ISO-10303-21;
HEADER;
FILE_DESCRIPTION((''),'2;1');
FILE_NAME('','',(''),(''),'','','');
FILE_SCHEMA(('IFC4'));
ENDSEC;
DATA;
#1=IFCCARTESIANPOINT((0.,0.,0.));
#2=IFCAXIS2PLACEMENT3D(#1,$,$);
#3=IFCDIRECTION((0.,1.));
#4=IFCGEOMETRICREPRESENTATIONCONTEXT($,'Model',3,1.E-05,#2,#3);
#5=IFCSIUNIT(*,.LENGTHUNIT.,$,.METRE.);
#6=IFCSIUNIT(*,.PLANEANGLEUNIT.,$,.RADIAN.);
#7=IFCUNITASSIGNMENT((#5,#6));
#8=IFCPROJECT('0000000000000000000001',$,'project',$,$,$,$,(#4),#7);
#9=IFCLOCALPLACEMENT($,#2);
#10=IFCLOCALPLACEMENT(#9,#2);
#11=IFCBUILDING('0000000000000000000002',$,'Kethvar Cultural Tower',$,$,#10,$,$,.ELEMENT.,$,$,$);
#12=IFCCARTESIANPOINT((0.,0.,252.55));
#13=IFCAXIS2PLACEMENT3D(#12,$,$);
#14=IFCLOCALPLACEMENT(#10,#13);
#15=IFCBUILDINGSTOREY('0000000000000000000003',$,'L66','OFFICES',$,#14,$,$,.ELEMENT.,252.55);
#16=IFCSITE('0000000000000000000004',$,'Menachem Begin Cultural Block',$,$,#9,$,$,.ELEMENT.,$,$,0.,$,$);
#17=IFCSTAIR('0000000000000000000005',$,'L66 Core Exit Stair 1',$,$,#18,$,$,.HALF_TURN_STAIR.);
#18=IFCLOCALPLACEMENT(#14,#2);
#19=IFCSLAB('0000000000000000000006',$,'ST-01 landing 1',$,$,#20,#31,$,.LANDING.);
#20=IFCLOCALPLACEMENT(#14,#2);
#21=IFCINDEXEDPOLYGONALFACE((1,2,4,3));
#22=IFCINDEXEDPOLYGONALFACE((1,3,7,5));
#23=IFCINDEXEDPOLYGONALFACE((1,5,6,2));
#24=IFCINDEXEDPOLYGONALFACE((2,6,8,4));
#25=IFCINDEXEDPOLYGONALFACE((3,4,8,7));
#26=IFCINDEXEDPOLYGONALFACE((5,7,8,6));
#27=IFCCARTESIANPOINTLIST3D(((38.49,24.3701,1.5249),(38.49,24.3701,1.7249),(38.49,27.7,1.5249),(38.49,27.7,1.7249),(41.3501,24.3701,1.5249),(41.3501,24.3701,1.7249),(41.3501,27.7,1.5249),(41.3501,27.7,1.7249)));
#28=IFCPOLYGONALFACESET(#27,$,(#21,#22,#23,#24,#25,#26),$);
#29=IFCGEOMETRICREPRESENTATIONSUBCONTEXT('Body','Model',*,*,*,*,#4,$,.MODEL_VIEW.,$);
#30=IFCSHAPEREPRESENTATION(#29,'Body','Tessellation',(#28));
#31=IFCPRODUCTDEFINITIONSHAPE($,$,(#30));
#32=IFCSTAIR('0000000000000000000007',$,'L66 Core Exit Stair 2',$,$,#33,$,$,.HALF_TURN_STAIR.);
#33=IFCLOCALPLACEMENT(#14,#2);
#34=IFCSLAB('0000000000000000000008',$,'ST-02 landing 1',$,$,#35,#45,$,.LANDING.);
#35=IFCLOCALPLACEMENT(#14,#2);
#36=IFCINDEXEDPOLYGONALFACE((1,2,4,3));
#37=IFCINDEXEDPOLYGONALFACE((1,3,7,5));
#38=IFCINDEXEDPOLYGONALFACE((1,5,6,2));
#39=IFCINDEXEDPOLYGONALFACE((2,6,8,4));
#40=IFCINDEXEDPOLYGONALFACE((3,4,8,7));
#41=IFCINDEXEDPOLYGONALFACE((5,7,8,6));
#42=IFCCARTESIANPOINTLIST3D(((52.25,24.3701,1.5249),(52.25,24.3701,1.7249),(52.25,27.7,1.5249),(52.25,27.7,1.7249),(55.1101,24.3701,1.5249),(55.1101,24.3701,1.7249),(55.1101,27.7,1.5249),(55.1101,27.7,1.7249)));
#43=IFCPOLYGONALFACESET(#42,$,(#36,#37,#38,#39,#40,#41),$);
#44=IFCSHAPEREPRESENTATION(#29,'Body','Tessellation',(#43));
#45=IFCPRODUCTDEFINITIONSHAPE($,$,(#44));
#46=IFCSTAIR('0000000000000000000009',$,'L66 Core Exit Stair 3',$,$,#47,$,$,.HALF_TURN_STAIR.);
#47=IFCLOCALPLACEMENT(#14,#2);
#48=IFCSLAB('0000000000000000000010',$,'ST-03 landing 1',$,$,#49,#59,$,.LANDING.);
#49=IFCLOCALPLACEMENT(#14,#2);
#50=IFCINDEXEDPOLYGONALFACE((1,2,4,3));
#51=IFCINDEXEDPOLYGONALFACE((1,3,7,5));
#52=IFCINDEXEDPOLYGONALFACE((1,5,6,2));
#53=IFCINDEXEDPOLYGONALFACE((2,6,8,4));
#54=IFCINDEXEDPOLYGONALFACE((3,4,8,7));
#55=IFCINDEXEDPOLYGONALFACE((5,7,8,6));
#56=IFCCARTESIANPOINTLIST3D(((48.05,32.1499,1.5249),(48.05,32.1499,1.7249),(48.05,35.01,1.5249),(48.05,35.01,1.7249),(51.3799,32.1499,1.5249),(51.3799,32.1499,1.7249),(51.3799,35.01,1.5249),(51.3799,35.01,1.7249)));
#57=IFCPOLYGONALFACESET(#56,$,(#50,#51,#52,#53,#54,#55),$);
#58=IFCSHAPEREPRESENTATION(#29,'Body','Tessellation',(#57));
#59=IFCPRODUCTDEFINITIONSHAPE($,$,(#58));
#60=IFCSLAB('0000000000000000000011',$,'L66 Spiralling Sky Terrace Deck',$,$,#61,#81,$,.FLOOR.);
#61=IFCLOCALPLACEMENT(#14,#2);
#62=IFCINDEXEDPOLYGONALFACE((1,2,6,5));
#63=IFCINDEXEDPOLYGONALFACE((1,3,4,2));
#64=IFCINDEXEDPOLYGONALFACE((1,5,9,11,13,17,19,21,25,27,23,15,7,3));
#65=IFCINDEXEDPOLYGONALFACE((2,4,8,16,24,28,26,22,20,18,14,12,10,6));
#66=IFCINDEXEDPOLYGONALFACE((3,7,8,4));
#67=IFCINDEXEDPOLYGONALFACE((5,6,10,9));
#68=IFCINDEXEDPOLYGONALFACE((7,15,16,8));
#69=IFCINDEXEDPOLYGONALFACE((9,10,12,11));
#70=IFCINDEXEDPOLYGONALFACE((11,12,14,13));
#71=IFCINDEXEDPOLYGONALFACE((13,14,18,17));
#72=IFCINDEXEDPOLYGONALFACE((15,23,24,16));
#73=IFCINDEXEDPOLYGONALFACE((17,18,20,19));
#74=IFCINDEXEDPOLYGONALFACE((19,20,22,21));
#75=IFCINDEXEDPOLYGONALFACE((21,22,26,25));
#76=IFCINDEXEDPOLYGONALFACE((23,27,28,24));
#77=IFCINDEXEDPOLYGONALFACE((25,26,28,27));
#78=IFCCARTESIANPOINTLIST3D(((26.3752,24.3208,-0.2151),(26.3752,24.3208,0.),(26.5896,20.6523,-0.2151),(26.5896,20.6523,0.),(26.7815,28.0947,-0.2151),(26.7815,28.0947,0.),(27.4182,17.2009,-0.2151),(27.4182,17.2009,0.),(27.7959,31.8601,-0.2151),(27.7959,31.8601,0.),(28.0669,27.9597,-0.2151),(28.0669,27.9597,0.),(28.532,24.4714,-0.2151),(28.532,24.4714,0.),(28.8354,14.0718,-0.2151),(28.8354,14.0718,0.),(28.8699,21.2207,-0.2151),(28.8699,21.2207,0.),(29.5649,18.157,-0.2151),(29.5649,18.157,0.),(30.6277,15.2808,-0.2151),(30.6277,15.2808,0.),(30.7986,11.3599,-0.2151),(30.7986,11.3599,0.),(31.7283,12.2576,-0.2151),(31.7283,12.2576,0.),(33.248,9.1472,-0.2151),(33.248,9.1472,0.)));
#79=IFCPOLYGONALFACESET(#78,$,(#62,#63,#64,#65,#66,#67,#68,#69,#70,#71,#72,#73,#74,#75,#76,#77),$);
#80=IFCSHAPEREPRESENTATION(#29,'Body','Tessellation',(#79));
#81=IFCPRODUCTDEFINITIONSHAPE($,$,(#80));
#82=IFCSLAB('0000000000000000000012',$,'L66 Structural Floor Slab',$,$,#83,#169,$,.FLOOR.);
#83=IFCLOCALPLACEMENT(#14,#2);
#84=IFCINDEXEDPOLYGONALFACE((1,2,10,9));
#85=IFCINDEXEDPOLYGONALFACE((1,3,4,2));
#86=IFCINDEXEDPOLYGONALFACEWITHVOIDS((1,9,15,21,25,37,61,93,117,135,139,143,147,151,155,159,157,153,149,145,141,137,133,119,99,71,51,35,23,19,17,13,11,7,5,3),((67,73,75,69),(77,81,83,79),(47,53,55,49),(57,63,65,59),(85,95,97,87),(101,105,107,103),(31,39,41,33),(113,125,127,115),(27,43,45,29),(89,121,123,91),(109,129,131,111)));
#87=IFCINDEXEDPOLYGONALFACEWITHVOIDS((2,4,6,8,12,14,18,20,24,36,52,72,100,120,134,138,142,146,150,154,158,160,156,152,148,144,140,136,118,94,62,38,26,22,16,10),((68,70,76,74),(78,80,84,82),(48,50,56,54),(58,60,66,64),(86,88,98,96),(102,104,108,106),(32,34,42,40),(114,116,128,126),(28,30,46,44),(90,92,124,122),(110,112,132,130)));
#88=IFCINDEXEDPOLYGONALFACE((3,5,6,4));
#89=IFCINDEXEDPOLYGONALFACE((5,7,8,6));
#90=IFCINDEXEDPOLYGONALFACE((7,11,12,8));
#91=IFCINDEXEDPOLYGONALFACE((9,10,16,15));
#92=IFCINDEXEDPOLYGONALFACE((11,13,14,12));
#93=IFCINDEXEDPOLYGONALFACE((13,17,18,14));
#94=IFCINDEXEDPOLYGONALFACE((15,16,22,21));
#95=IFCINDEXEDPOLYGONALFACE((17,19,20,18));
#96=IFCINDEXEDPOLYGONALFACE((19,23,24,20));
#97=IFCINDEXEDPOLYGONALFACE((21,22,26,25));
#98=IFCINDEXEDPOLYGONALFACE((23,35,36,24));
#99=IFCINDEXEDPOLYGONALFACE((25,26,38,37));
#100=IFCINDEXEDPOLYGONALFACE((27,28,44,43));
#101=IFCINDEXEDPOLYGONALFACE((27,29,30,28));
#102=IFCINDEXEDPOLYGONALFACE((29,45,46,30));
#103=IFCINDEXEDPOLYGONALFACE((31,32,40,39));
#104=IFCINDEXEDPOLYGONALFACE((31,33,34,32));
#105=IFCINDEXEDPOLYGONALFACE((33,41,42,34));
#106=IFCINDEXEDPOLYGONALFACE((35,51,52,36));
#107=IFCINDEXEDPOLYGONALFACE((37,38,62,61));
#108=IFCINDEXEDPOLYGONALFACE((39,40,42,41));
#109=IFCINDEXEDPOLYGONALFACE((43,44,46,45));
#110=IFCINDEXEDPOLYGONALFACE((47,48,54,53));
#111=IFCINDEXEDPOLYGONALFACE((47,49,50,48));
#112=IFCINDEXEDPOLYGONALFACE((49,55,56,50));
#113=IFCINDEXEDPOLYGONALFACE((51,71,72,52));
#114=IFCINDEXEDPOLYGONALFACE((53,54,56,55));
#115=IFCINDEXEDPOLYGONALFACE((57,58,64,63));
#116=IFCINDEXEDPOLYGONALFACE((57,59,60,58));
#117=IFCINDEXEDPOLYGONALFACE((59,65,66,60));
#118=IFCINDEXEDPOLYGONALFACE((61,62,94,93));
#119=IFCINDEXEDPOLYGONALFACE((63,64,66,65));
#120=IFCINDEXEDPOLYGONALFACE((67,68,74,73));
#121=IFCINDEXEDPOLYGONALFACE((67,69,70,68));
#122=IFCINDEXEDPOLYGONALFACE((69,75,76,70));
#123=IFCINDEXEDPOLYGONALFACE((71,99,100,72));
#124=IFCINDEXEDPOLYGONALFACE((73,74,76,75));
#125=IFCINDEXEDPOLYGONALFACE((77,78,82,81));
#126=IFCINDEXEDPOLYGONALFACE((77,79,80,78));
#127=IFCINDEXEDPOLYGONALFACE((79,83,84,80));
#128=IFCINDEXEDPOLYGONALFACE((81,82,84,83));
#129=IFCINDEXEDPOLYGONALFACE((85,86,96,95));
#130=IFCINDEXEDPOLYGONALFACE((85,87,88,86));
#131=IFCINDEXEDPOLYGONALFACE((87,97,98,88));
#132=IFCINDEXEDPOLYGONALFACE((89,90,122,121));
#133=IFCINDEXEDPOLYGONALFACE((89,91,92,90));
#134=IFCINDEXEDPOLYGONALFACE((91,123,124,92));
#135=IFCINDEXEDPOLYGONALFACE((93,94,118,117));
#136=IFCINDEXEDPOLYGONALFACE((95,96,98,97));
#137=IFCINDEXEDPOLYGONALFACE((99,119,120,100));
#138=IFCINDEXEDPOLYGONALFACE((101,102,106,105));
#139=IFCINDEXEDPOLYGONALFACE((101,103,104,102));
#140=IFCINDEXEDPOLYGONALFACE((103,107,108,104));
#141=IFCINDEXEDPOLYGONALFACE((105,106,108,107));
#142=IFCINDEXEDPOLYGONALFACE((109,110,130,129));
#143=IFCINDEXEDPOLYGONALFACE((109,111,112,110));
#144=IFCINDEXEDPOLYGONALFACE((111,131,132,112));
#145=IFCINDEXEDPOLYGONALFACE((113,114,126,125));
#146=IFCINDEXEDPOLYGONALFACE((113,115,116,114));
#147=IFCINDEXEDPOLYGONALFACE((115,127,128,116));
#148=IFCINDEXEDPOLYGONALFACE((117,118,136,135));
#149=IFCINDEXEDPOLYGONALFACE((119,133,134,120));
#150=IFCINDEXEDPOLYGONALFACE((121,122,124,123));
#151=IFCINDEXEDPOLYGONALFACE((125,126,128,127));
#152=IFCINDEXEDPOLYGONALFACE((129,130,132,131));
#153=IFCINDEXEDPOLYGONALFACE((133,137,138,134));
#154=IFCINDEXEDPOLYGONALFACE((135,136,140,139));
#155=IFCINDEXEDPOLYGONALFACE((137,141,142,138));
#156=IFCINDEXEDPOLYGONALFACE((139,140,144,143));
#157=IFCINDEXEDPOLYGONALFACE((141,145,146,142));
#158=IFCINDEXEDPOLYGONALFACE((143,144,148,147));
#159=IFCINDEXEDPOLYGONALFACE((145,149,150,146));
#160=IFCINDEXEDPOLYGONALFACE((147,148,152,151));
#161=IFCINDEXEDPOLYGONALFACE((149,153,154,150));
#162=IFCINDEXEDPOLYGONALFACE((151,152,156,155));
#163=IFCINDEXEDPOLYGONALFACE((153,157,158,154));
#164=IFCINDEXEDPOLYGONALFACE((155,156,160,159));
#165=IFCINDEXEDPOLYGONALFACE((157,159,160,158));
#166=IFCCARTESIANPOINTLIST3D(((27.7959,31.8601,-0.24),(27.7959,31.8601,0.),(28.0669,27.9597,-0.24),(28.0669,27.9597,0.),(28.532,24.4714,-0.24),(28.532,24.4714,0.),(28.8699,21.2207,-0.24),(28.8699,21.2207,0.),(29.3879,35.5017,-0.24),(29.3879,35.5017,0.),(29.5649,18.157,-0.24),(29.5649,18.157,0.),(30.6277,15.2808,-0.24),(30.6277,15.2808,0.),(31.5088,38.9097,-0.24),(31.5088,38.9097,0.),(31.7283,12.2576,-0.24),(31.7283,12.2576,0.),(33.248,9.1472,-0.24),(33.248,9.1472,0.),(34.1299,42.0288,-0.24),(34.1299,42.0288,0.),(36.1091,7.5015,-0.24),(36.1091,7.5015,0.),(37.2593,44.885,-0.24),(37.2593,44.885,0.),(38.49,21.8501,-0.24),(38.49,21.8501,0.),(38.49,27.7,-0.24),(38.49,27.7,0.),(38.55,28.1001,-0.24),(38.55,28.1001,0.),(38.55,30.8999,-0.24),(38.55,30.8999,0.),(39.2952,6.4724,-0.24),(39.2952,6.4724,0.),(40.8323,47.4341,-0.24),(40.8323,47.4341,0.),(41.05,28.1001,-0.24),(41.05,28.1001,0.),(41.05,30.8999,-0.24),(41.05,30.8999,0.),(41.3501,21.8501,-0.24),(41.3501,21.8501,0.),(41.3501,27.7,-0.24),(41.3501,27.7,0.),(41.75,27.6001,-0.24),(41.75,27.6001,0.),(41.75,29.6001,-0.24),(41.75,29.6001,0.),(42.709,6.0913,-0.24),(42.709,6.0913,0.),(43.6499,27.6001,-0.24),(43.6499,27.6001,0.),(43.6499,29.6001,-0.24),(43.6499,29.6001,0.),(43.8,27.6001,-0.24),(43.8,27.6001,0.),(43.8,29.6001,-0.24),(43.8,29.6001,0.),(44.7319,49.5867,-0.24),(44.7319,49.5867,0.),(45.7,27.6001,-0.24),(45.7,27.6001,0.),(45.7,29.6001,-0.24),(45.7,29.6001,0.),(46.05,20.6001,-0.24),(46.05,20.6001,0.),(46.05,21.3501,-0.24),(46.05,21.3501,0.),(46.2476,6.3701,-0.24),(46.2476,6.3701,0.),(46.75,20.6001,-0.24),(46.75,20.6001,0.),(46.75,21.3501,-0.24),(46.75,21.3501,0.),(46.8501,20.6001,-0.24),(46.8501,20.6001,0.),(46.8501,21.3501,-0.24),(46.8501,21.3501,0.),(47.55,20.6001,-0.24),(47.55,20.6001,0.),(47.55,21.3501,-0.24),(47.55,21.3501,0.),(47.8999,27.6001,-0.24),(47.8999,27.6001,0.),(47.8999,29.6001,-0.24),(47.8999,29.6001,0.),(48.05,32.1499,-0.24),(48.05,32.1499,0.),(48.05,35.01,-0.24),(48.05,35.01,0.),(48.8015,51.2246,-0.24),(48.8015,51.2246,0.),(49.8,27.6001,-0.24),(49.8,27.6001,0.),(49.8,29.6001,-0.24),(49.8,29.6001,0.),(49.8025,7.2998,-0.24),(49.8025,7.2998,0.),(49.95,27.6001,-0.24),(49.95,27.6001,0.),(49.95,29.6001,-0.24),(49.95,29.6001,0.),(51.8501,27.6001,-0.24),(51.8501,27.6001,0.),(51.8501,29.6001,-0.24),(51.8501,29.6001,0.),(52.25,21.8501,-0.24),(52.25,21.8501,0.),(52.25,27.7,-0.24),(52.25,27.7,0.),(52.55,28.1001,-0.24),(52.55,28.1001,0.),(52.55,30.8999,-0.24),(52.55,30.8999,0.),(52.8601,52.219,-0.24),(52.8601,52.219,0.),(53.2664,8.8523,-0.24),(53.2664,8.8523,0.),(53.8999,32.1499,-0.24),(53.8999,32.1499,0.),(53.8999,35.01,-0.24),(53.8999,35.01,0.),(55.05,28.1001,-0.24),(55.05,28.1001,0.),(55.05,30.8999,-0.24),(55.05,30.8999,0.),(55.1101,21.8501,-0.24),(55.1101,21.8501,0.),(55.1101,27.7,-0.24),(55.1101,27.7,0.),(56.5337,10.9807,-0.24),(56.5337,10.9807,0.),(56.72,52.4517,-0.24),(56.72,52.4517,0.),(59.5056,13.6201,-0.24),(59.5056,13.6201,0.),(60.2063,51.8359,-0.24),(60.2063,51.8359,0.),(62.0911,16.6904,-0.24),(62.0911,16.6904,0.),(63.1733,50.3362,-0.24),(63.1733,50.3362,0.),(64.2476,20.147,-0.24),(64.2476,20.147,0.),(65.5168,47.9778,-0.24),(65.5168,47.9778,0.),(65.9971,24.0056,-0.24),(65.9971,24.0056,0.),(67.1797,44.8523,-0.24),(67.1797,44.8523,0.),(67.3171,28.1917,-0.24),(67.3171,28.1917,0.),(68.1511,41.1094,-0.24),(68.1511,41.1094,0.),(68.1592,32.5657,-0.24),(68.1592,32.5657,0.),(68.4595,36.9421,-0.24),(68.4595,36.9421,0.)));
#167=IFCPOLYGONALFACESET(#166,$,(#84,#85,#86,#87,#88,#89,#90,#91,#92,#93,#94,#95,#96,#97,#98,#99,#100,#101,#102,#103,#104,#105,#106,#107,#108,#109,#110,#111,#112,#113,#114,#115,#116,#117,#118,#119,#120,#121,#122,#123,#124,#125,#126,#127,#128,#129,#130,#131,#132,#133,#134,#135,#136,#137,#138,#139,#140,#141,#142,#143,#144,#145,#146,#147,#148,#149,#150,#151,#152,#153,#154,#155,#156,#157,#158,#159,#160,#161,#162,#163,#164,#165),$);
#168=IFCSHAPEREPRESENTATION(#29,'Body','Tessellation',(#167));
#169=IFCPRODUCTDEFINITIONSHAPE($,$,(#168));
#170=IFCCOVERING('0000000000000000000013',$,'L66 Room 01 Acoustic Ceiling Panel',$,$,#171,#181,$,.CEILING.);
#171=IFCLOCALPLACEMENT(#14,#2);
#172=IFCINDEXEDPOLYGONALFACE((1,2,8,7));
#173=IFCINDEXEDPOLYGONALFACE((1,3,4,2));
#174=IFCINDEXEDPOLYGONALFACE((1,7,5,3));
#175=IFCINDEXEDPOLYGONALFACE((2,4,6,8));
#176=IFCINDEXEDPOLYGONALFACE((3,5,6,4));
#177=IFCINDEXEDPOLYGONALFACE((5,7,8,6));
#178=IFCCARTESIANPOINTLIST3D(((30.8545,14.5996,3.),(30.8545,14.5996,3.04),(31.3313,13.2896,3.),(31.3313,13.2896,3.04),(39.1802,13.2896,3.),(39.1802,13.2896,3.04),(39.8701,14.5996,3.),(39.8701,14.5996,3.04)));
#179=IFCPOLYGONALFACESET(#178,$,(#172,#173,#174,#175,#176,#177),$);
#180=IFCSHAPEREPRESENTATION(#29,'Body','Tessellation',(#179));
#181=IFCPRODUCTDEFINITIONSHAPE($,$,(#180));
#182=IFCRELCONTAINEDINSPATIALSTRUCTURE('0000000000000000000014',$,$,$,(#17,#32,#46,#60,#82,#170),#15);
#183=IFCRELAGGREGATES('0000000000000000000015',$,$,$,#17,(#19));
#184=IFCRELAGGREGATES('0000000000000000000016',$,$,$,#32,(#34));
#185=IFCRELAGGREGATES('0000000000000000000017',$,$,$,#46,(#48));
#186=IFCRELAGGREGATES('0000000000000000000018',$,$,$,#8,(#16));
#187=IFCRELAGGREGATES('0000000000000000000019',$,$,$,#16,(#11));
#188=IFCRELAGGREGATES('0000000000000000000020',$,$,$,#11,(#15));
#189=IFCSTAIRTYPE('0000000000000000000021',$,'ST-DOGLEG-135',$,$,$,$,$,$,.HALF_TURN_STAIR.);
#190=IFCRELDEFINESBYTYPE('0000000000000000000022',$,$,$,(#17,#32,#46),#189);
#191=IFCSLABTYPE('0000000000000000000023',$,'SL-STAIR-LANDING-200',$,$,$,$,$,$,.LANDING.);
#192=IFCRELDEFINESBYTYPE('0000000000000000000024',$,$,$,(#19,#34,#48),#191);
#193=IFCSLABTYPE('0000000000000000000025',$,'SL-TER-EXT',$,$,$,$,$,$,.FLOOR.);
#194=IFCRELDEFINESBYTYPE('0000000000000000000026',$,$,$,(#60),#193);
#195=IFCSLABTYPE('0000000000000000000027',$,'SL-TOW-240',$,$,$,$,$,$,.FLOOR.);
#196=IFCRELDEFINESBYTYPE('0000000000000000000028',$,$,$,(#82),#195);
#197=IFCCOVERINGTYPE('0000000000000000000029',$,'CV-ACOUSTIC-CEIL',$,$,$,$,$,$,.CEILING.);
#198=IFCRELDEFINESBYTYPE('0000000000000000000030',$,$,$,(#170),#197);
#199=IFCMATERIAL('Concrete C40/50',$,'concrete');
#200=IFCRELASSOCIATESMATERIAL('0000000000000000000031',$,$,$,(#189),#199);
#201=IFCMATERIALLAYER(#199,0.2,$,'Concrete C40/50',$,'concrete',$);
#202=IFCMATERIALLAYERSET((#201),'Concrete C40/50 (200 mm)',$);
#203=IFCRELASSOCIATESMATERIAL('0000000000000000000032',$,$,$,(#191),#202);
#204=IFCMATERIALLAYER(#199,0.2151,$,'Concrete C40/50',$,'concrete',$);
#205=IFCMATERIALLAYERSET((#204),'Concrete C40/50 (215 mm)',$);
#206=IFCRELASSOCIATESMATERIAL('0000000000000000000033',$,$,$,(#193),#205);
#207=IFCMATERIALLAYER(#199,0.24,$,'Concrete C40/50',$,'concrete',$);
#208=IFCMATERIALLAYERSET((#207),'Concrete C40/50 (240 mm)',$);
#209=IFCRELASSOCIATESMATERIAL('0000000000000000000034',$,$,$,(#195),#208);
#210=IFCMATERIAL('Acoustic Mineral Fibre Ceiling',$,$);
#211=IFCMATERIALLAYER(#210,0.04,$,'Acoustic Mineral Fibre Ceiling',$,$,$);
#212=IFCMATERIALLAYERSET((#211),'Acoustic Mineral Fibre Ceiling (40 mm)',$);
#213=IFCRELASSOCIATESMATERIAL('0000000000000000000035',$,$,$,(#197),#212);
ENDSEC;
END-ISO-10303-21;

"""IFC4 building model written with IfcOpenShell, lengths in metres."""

from ifc_helpers import new_model, si_unit, direction, frame, origin, place, context, subcontext, project, spatial, polyline, outline, extrude, material, layer, layer_set, type_object, element, aggregate, save


model = new_model("IFC4")

# Units and contexts
model_context = context("Model", 3, precision=1e-05, world=origin(), true_north=direction((0.0, 1.0)))
body_context = subcontext(model_context, "Body", "Model", "MODEL_VIEW")
ifc_project = project(units=[si_unit("LENGTHUNIT", "METRE"), si_unit("PLANEANGLEUNIT", "RADIAN")], contexts=[model_context])

# Site, building, storey
site_placement = place(None, origin())
site = spatial("IfcSite", under=ifc_project, at=site_placement, Name="Menachem Begin Cultural Block", CompositionType="ELEMENT", RefElevation=0.0)
building_placement = place(site_placement, origin())
building = spatial("IfcBuilding", under=site, at=building_placement, Name="Kethvar Cultural Tower", CompositionType="ELEMENT")
storey_placement = place(building_placement, frame((0.0, 0.0, 252.55)))
storey = spatial("IfcBuildingStorey", under=building, at=storey_placement, Name="L66", Description="OFFICES", CompositionType="ELEMENT", Elevation=252.55)

# Stairs, slabs
ifc_material_1 = material(Name="Concrete C40/50", Category="concrete")
stair_type = type_object("IfcStairType", Name="ST-DOGLEG-135", PredefinedType="HALF_TURN_STAIR", material=ifc_material_1)
stair_1_placement = place(storey_placement, origin())
stair_1 = element("IfcStair", 1, at=stair_1_placement, inside=storey, type_object=stair_type, Name="L66 Core Exit Stair 1", PredefinedType="HALF_TURN_STAIR")
ifc_layer_1 = layer(ifc_material_1, 0.2, Name="Concrete C40/50", Category="concrete")
ifc_layer_set_1 = layer_set([ifc_layer_1], Name="Concrete C40/50 (200 mm)")
slab_type_1 = type_object("IfcSlabType", Name="SL-STAIR-LANDING-200", PredefinedType="LANDING", material=ifc_layer_set_1)
slab_1_placement = place(storey_placement, frame((0.0, 0.0, 1.5249)))
slab_1 = element("IfcSlab", 2, at=slab_1_placement, type_object=slab_type_1, Name="ST-01 landing 1", PredefinedType="LANDING", context=body_context, shape_type="SweptSolid", body=[
    extrude(outline(polyline([(41.3501, 24.3701), (41.3501, 27.7), (38.49, 27.7), (38.49, 24.3701), (41.3501, 24.3701)])), origin(), (0.0, 0.0, 1.0), 0.2),
])
aggregate(stair_1, [slab_1])
stair_2_placement = place(storey_placement, origin())
stair_2 = element("IfcStair", 3, at=stair_2_placement, inside=storey, type_object=stair_type, Name="L66 Core Exit Stair 2", PredefinedType="HALF_TURN_STAIR")
slab_2_placement = place(storey_placement, frame((0.0, 0.0, 1.5249)))
slab_2 = element("IfcSlab", 4, at=slab_2_placement, type_object=slab_type_1, Name="ST-02 landing 1", PredefinedType="LANDING", context=body_context, shape_type="SweptSolid", body=[
    extrude(outline(polyline([(55.1101, 24.3701), (55.1101, 27.7), (52.25, 27.7), (52.25, 24.3701), (55.1101, 24.3701)])), origin(), (0.0, 0.0, 1.0), 0.2),
])
aggregate(stair_2, [slab_2])
stair_3_placement = place(storey_placement, origin())
stair_3 = element("IfcStair", 5, at=stair_3_placement, inside=storey, type_object=stair_type, Name="L66 Core Exit Stair 3", PredefinedType="HALF_TURN_STAIR")
slab_3_placement = place(storey_placement, frame((0.0, 0.0, 1.5249)))
slab_3 = element("IfcSlab", 6, at=slab_3_placement, type_object=slab_type_1, Name="ST-03 landing 1", PredefinedType="LANDING", context=body_context, shape_type="SweptSolid", body=[
    extrude(outline(polyline([(51.3799, 35.01), (48.05, 35.01), (48.05, 32.1499), (51.3799, 32.1499), (51.3799, 35.01)])), origin(), (0.0, 0.0, 1.0), 0.2),
])
aggregate(stair_3, [slab_3])

# Slabs
ifc_layer_2 = layer(ifc_material_1, 0.2151, Name="Concrete C40/50", Category="concrete")
ifc_layer_set_2 = layer_set([ifc_layer_2], Name="Concrete C40/50 (215 mm)")
slab_type_2 = type_object("IfcSlabType", Name="SL-TER-EXT", PredefinedType="FLOOR", material=ifc_layer_set_2)
slab_4_placement = place(storey_placement, frame((0.0, 0.0, -0.2151)))
element("IfcSlab", 7, at=slab_4_placement, inside=storey, type_object=slab_type_2, Name="L66 Spiralling Sky Terrace Deck", PredefinedType="FLOOR", context=body_context, shape_type="SweptSolid", body=[
    extrude(outline(polyline([(27.7959, 31.8601), (26.7815, 28.0947), (26.3752, 24.3208), (26.5896, 20.6523), (27.4182, 17.2009), (28.8354, 14.0718), (30.7986, 11.3599), (33.248, 9.1472), (31.7283, 12.2576), (30.6277, 15.2808), (29.5649, 18.157), (28.8699, 21.2207), (28.532, 24.4714), (28.0669, 27.9597), (27.7959, 31.8601)])), origin(), (0.0, 0.0, 1.0), 0.2151),
])
ifc_layer_3 = layer(ifc_material_1, 0.24, Name="Concrete C40/50", Category="concrete")
ifc_layer_set_3 = layer_set([ifc_layer_3], Name="Concrete C40/50 (240 mm)")
slab_type_3 = type_object("IfcSlabType", Name="SL-TOW-240", PredefinedType="FLOOR", material=ifc_layer_set_3)
slab_5_placement = place(storey_placement, frame((0.0, 0.0, -0.24)))
element("IfcSlab", 8, at=slab_5_placement, inside=storey, type_object=slab_type_3, Name="L66 Structural Floor Slab", PredefinedType="FLOOR", context=body_context, shape_type="SweptSolid", body=[
    extrude(outline(polyline([(63.1733, 50.3362), (60.2063, 51.8359), (56.72, 52.4517), (52.8601, 52.219), (48.8015, 51.2246), (44.7319, 49.5867), (40.8323, 47.4341), (37.2593, 44.885), (34.1299, 42.0288), (31.5088, 38.9097), (29.3879, 35.5017), (27.7959, 31.8601), (28.0669, 27.9597), (28.532, 24.4714), (28.8699, 21.2207), (29.5649, 18.157), (30.6277, 15.2808), (31.7283, 12.2576), (33.248, 9.1472), (36.1091, 7.5015), (39.2952, 6.4724), (42.709, 6.0913), (46.2476, 6.3701), (49.8025, 7.2998), (53.2664, 8.8523), (56.5337, 10.9807), (59.5056, 13.6201), (62.0911, 16.6904), (64.2476, 20.147), (65.9971, 24.0056), (67.3171, 28.1917), (68.1592, 32.5657), (68.4595, 36.9421), (68.1511, 41.1094), (67.1797, 44.8523), (65.5168, 47.9778), (63.1733, 50.3362)]), holes=[polyline([(38.49, 21.8501), (38.49, 27.7), (41.3501, 27.7), (41.3501, 21.8501), (38.49, 21.8501)]), polyline([(52.25, 21.8501), (52.25, 27.7), (55.1101, 27.7), (55.1101, 21.8501), (52.25, 21.8501)]), polyline([(53.8999, 32.1499), (48.05, 32.1499), (48.05, 35.01), (53.8999, 35.01), (53.8999, 32.1499)]), polyline([(41.75, 29.6001), (43.6499, 29.6001), (43.6499, 27.6001), (41.75, 27.6001), (41.75, 29.6001)]), polyline([(43.8, 29.6001), (45.7, 29.6001), (45.7, 27.6001), (43.8, 27.6001), (43.8, 29.6001)]), polyline([(47.8999, 29.6001), (49.8, 29.6001), (49.8, 27.6001), (47.8999, 27.6001), (47.8999, 29.6001)]), polyline([(49.95, 29.6001), (51.8501, 29.6001), (51.8501, 27.6001), (49.95, 27.6001), (49.95, 29.6001)]), polyline([(38.55, 30.8999), (41.05, 30.8999), (41.05, 28.1001), (38.55, 28.1001), (38.55, 30.8999)]), polyline([(52.55, 30.8999), (55.05, 30.8999), (55.05, 28.1001), (52.55, 28.1001), (52.55, 30.8999)]), polyline([(46.05, 21.3501), (46.75, 21.3501), (46.75, 20.6001), (46.05, 20.6001), (46.05, 21.3501)]), polyline([(46.8501, 21.3501), (47.55, 21.3501), (47.55, 20.6001), (46.8501, 20.6001), (46.8501, 21.3501)])]), origin(), (0.0, 0.0, 1.0), 0.24),
])

# Covering
ifc_material_2 = material(Name="Acoustic Mineral Fibre Ceiling")
ifc_layer_4 = layer(ifc_material_2, 0.04, Name="Acoustic Mineral Fibre Ceiling")
ifc_layer_set_4 = layer_set([ifc_layer_4], Name="Acoustic Mineral Fibre Ceiling (40 mm)")
covering_type_1 = type_object("IfcCoveringType", Name="CV-ACOUSTIC-CEIL", PredefinedType="CEILING", material=ifc_layer_set_4)
covering_1_placement = place(storey_placement, frame((0.0, 0.0, 3.0)))
element("IfcCovering", 9, at=covering_1_placement, inside=storey, type_object=covering_type_1, Name="L66 Room 01 Acoustic Ceiling Panel", PredefinedType="CEILING", context=body_context, shape_type="SweptSolid", body=[
    extrude(outline(polyline([(30.8545, 14.5996), (39.8701, 14.5996), (39.1802, 13.2896), (31.3313, 13.2896), (30.8545, 14.5996)])), origin(), (0.0, 0.0, 1.0), 0.04),
])

save(model, "model.ifc")
